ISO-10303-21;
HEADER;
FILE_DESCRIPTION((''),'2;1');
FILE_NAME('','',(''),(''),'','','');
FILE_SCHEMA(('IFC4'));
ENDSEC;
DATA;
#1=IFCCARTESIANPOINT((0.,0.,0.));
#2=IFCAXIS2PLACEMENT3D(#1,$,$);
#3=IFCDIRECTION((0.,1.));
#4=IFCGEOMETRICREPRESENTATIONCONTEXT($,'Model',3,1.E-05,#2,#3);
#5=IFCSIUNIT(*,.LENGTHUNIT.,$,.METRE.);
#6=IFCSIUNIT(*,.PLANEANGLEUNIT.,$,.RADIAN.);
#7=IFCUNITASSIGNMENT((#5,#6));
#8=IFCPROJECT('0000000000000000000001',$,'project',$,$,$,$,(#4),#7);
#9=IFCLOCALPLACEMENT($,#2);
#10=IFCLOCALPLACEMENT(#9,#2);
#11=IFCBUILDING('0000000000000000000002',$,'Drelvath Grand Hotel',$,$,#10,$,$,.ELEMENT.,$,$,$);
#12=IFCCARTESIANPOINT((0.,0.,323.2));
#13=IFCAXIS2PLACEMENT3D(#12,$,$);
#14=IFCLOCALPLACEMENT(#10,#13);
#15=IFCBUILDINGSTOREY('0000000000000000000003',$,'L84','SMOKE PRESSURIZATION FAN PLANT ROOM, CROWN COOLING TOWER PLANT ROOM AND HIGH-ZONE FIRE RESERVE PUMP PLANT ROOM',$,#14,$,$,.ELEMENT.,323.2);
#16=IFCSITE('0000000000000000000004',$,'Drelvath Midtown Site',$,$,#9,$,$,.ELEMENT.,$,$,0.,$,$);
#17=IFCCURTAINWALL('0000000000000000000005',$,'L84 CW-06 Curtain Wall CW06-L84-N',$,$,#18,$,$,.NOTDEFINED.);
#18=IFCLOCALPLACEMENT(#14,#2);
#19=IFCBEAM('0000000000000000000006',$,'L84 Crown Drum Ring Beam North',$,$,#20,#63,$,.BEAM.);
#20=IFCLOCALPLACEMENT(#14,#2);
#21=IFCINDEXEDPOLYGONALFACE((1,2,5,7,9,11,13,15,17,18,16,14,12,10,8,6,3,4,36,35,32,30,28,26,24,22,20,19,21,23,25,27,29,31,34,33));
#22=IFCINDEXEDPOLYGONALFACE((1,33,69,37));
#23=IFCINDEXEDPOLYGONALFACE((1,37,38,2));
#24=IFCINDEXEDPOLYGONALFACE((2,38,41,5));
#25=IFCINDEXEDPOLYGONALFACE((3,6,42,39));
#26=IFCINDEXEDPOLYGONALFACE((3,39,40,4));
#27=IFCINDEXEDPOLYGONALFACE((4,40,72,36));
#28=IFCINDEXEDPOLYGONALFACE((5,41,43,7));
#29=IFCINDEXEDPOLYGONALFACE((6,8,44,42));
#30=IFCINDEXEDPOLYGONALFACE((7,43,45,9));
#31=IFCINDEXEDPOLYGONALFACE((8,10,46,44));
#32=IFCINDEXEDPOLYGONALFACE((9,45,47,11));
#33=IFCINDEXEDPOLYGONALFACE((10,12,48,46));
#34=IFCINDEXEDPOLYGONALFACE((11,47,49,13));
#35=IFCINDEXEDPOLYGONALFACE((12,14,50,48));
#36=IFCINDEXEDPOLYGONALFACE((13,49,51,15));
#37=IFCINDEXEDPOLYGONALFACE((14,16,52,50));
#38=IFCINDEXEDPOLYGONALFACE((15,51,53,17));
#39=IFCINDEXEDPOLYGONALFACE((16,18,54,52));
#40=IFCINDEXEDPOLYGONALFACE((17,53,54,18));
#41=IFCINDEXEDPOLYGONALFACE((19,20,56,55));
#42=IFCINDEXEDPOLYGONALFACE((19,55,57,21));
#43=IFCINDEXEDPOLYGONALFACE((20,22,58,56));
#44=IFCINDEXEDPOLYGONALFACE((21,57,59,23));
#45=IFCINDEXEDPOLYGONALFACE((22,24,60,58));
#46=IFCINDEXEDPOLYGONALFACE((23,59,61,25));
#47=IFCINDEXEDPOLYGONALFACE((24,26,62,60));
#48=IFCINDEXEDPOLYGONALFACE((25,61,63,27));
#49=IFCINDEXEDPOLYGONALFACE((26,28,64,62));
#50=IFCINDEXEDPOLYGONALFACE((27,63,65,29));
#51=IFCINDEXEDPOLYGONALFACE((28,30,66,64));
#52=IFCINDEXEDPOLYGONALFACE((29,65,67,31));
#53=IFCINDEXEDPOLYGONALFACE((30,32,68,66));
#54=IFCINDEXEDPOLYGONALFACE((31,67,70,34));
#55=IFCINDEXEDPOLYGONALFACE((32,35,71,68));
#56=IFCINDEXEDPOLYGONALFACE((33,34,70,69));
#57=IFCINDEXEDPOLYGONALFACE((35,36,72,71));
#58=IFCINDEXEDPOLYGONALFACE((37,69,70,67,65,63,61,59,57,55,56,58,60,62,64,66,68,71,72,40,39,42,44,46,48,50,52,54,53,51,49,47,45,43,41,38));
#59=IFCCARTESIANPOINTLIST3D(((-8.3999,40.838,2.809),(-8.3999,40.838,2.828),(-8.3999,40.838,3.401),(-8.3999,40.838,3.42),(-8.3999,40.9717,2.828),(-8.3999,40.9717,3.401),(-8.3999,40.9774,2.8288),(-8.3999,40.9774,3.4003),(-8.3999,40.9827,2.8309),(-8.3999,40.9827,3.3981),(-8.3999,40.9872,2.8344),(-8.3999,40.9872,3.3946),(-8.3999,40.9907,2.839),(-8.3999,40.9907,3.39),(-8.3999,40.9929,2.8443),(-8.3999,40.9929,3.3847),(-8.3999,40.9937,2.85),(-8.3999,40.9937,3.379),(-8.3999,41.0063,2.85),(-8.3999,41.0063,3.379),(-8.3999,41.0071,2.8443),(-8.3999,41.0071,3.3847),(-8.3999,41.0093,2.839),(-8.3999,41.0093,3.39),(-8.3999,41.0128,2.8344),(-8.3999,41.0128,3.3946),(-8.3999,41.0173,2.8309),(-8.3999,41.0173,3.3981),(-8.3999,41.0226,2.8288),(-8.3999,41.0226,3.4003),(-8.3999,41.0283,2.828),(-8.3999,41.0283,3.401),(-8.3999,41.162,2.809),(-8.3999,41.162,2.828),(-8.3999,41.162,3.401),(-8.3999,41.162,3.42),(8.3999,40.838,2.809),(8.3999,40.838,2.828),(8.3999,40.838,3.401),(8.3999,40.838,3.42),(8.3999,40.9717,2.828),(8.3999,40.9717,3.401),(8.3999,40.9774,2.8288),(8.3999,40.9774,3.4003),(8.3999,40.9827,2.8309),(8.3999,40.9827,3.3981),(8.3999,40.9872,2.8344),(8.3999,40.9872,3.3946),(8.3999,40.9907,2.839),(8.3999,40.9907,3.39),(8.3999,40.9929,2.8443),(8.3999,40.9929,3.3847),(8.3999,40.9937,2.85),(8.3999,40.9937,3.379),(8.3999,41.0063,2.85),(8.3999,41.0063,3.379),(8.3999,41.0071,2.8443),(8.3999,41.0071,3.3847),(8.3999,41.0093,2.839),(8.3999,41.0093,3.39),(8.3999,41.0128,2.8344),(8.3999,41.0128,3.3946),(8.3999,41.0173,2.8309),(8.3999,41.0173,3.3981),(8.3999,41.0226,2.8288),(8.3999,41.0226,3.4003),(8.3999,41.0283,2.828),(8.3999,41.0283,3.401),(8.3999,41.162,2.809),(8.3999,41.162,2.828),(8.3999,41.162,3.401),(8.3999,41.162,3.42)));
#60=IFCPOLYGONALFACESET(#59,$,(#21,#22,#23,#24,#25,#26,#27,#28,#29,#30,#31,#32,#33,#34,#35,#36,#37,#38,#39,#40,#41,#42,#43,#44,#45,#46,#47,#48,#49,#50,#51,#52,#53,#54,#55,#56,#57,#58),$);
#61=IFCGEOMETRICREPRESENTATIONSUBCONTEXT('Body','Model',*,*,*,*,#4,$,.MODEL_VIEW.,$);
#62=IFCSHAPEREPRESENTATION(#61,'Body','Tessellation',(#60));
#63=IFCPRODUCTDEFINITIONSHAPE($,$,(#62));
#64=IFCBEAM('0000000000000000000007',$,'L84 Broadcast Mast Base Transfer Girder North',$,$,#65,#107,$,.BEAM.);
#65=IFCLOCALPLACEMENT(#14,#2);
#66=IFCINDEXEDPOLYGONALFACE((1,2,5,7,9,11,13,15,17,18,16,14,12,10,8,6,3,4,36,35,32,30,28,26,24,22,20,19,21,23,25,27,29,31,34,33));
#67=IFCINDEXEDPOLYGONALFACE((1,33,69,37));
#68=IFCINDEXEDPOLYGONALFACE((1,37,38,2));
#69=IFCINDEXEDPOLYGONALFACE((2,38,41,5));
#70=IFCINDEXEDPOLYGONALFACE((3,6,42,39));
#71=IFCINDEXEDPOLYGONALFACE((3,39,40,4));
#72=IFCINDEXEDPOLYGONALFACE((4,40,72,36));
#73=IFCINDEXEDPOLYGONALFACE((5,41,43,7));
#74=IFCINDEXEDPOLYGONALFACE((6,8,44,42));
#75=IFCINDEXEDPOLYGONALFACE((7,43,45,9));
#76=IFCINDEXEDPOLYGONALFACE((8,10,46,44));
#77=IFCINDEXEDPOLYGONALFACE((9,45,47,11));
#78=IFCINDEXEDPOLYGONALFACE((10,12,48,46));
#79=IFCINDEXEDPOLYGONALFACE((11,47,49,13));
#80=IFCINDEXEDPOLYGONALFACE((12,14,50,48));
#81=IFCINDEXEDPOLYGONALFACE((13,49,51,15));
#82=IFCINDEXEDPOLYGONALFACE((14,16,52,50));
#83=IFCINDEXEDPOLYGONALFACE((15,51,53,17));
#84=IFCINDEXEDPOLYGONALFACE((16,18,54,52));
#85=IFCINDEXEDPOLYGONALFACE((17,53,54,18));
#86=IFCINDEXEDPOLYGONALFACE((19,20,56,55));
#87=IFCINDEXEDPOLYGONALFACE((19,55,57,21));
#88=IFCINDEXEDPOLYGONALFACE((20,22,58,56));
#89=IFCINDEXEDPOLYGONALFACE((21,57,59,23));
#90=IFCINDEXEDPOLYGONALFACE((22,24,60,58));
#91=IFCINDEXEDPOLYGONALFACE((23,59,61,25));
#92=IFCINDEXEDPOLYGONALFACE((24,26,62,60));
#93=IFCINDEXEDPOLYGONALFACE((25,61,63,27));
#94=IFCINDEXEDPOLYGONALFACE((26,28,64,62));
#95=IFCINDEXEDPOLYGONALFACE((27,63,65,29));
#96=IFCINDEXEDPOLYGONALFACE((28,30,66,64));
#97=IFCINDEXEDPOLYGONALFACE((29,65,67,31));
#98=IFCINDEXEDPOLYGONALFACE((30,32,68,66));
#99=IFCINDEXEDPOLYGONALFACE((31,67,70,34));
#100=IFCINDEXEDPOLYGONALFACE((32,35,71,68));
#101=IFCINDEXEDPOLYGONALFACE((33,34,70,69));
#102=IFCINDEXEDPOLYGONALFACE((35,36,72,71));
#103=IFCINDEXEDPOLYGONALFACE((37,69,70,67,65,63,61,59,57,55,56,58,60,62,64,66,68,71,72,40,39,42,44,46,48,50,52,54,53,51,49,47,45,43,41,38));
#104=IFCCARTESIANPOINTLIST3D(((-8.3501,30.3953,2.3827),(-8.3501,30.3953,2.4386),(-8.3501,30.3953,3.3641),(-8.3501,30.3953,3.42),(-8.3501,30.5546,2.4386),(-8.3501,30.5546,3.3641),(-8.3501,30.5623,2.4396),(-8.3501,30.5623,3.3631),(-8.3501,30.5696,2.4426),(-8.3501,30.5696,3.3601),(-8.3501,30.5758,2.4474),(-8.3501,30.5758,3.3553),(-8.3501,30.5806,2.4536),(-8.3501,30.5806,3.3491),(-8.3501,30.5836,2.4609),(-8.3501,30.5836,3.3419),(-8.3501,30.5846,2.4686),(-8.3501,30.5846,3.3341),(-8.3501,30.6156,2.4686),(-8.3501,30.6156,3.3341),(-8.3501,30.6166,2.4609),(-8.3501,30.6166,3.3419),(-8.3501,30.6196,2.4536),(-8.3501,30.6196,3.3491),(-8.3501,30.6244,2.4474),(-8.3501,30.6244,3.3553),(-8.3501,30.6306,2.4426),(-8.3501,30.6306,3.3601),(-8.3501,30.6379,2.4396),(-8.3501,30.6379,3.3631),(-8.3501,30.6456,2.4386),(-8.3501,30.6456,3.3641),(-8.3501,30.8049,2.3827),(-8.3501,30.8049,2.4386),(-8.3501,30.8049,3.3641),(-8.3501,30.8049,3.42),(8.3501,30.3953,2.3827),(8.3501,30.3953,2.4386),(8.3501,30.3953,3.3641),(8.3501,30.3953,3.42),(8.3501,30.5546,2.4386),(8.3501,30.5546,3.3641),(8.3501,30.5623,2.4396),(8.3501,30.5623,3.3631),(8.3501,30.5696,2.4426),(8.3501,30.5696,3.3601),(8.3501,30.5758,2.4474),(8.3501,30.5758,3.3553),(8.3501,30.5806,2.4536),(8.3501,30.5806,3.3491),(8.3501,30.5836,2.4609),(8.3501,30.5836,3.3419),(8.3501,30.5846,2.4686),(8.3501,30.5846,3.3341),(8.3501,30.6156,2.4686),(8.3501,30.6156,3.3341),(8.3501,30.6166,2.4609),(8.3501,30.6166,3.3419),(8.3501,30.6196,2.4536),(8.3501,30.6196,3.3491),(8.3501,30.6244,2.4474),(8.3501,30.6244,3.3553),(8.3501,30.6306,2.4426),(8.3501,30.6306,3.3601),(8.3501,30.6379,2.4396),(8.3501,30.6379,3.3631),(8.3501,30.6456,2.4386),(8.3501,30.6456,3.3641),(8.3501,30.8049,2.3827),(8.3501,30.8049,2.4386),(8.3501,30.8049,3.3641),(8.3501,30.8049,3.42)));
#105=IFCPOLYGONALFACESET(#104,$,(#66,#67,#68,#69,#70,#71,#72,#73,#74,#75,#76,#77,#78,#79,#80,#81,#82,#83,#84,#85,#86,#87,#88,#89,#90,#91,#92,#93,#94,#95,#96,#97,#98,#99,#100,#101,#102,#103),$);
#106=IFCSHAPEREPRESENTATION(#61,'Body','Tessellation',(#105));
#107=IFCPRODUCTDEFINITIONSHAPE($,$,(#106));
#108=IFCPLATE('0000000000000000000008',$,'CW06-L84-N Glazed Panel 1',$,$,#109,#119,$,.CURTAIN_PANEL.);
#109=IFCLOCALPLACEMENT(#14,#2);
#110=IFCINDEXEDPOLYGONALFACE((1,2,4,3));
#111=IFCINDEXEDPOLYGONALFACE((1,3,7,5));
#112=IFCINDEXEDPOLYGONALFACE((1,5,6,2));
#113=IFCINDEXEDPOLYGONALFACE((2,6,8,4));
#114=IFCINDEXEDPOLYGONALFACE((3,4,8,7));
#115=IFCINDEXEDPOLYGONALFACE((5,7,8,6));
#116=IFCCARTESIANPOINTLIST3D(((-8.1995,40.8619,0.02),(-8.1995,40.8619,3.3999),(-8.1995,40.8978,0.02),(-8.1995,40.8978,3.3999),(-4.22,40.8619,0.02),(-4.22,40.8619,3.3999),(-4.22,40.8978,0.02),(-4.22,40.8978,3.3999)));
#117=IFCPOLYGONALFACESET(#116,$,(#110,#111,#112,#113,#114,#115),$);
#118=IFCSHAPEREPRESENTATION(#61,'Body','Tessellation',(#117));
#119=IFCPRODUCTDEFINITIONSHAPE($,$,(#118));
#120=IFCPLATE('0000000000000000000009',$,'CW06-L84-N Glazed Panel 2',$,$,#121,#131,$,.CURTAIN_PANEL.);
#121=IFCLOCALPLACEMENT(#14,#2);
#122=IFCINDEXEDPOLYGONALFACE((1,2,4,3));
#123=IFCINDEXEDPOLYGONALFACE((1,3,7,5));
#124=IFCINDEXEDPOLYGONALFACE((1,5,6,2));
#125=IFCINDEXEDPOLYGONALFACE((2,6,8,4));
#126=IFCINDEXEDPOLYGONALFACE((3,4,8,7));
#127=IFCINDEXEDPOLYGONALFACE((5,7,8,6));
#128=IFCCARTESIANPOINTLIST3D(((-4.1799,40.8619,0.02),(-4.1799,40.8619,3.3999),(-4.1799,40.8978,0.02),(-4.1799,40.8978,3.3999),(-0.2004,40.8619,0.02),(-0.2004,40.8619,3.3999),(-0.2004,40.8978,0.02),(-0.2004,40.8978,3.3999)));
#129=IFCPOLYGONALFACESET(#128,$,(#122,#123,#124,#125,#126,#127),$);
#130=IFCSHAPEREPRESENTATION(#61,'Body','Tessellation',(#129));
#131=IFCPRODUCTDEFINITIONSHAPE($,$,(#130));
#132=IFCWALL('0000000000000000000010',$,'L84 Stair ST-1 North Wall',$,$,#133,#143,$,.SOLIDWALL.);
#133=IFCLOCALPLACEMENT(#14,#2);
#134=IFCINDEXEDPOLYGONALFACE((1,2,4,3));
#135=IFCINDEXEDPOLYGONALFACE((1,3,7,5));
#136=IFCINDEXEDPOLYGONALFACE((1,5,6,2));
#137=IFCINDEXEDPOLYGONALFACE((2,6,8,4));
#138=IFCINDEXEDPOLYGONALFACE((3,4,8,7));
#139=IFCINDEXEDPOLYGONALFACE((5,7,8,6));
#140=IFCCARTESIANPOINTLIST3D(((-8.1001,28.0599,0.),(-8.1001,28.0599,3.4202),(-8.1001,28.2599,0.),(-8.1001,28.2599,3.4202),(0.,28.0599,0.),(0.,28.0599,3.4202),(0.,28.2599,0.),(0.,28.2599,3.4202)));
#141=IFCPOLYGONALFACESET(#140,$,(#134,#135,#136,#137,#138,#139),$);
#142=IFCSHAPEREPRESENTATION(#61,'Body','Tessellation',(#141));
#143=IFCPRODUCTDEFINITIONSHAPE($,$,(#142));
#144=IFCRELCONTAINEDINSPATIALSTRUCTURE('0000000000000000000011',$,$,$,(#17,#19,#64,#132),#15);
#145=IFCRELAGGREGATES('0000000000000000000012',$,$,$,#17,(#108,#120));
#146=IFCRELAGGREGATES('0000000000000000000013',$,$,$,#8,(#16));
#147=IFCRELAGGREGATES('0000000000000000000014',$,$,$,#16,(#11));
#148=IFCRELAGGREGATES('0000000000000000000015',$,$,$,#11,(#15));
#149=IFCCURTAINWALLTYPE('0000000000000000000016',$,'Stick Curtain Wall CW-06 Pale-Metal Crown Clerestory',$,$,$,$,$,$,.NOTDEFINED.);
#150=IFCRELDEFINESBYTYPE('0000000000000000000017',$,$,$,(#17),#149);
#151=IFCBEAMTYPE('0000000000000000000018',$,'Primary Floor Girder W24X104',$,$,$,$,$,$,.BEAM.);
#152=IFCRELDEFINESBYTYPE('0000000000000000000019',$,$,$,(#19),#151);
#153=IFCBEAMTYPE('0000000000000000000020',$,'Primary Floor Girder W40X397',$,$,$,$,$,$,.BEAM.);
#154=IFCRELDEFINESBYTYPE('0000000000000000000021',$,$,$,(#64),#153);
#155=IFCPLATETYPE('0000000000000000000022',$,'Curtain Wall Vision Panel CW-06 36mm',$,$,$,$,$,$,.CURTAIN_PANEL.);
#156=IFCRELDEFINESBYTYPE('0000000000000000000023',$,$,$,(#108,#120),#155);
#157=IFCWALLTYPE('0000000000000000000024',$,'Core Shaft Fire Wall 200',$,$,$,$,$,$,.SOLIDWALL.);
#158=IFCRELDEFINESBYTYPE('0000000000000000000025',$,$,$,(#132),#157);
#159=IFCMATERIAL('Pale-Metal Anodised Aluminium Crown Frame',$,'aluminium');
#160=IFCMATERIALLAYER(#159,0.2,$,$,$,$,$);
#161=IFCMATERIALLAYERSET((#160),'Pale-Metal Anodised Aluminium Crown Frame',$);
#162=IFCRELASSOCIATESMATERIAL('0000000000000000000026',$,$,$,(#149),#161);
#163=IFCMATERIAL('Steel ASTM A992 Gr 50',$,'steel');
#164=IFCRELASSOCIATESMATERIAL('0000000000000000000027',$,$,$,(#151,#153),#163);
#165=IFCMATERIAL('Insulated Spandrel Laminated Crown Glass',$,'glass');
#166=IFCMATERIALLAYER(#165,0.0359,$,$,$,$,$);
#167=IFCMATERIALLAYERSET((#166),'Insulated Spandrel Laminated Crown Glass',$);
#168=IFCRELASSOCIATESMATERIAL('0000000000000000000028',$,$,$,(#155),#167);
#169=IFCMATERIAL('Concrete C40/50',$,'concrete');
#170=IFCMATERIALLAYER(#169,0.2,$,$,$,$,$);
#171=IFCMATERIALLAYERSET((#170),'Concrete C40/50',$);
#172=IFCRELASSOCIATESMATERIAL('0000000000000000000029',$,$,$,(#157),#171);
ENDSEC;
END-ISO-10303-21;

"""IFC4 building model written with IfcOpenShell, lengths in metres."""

from ifc_helpers import new_model, si_unit, direction, frame, frame_2d, origin, origin_2d, place, context, subcontext, project, spatial, rectangle, i_section, extrude, material, layer, layer_set, material_profile, profile_set, type_object, element, aggregate, save


model = new_model("IFC4")

# Units and contexts
model_context = context("Model", 3, precision=1e-05, world=origin(), true_north=direction((0.0, 1.0)))
body_context = subcontext(model_context, "Body", "Model", "MODEL_VIEW")
ifc_project = project(units=[si_unit("LENGTHUNIT", "METRE"), si_unit("PLANEANGLEUNIT", "RADIAN")], contexts=[model_context])

# Site, building, storey
site_placement = place(None, origin())
site = spatial("IfcSite", under=ifc_project, at=site_placement, Name="Drelvath Midtown Site", CompositionType="ELEMENT", RefElevation=0.0)
building_placement = place(site_placement, origin())
building = spatial("IfcBuilding", under=site, at=building_placement, Name="Drelvath Grand Hotel", CompositionType="ELEMENT")
storey_placement = place(building_placement, frame((0.0, 0.0, 323.2)))
storey = spatial("IfcBuildingStorey", under=building, at=storey_placement, Name="L84", Description="SMOKE PRESSURIZATION FAN PLANT ROOM, CROWN COOLING TOWER PLANT ROOM AND HIGH-ZONE FIRE RESERVE PUMP PLANT ROOM", CompositionType="ELEMENT", Elevation=323.2)

# Curtain wall
ifc_material_1 = material(Name="Pale-Metal Anodised Aluminium Crown Frame", Category="aluminium")
ifc_layer_1 = layer(ifc_material_1, 0.2)
ifc_layer_set_1 = layer_set([ifc_layer_1], Name="Pale-Metal Anodised Aluminium Crown Frame")
curtain_wall_type = type_object("IfcCurtainWallType", Name="Stick Curtain Wall CW-06 Pale-Metal Crown Clerestory", PredefinedType="NOTDEFINED", material=ifc_layer_set_1)
curtain_wall_1_placement = place(storey_placement, origin())
curtain_wall_1 = element("IfcCurtainWall", 1, at=curtain_wall_1_placement, inside=storey, type_object=curtain_wall_type, Name="L84 CW-06 Curtain Wall CW06-L84-N", PredefinedType="NOTDEFINED")

# Beams
ifc_material_2 = material(Name="Steel ASTM A992 Gr 50", Category="steel")
ifc_material_profile_1 = material_profile(ifc_material_2, i_section(OverallWidth=0.324, OverallDepth=0.6111, WebThickness=0.0127, FlangeThickness=0.019, FilletRadius=0.022, at=origin_2d()), Name="W24X104")
ifc_profile_set_1 = profile_set([ifc_material_profile_1], Name="Steel ASTM A992 Gr 50")
beam_type_1 = type_object("IfcBeamType", Name="Primary Floor Girder W24X104", PredefinedType="BEAM", material=ifc_profile_set_1)
beam_1_placement = place(storey_placement, frame((-8.3999, 41.0, 3.1145), z_axis=(1.0, 0.0, 0.0), x_axis=(0.0, 1.0, 0.0)))
element("IfcBeam", 2, at=beam_1_placement, inside=storey, type_object=beam_type_1, Name="L84 Crown Drum Ring Beam North", PredefinedType="BEAM", context=body_context, shape_type="SweptSolid", body=[
    extrude(i_section(OverallWidth=0.324, OverallDepth=0.6111, WebThickness=0.0127, FlangeThickness=0.019, FilletRadius=0.022, at=origin_2d()), origin(), (0.0, 0.0, 1.0), 16.7998),
])
ifc_material_profile_2 = material_profile(ifc_material_2, i_section(OverallWidth=0.4097, OverallDepth=1.0374, WebThickness=0.031, FlangeThickness=0.0559, FilletRadius=0.03, at=origin_2d()), Name="W40X397")
ifc_profile_set_2 = profile_set([ifc_material_profile_2], Name="Steel ASTM A992 Gr 50")
beam_type_2 = type_object("IfcBeamType", Name="Primary Floor Girder W40X397", PredefinedType="BEAM", material=ifc_profile_set_2)
beam_2_placement = place(storey_placement, frame((-8.3501, 30.6001, 2.9014), z_axis=(1.0, 0.0, 0.0), x_axis=(0.0, 1.0, 0.0)))
element("IfcBeam", 3, at=beam_2_placement, inside=storey, type_object=beam_type_2, Name="L84 Broadcast Mast Base Transfer Girder North", PredefinedType="BEAM", context=body_context, shape_type="SweptSolid", body=[
    extrude(i_section(OverallWidth=0.4097, OverallDepth=1.0374, WebThickness=0.031, FlangeThickness=0.0559, FilletRadius=0.03, at=origin_2d()), origin(), (0.0, 0.0, 1.0), 16.7002),
])

# Plates
ifc_material_3 = material(Name="Insulated Spandrel Laminated Crown Glass", Category="glass")
ifc_layer_2 = layer(ifc_material_3, 0.0359)
ifc_layer_set_2 = layer_set([ifc_layer_2], Name="Insulated Spandrel Laminated Crown Glass")
plate_type = type_object("IfcPlateType", Name="Curtain Wall Vision Panel CW-06 36mm", PredefinedType="CURTAIN_PANEL", material=ifc_layer_set_2)
plate_1_placement = place(storey_placement, frame((-6.2097, 40.8799, 0.02), z_axis=(0.0, 0.0, 1.0), x_axis=(1.0, 0.0, 0.0)))
plate_1 = element("IfcPlate", 4, at=plate_1_placement, type_object=plate_type, Name="CW06-L84-N Glazed Panel 1", PredefinedType="CURTAIN_PANEL", context=body_context, shape_type="SweptSolid", body=[
    extrude(rectangle(XDim=3.9795, YDim=0.0359, at=origin_2d()), origin(), (0.0, 0.0, 1.0), 3.3799),
])
plate_2_placement = place(storey_placement, frame((-2.1902, 40.8799, 0.02), z_axis=(0.0, 0.0, 1.0), x_axis=(1.0, 0.0, 0.0)))
plate_2 = element("IfcPlate", 5, at=plate_2_placement, type_object=plate_type, Name="CW06-L84-N Glazed Panel 2", PredefinedType="CURTAIN_PANEL", context=body_context, shape_type="SweptSolid", body=[
    extrude(rectangle(XDim=3.9795, YDim=0.0359, at=origin_2d()), origin(), (0.0, 0.0, 1.0), 3.3799),
])
aggregate(curtain_wall_1, [plate_1, plate_2])

# Wall
ifc_material_4 = material(Name="Concrete C40/50", Category="concrete")
ifc_layer_3 = layer(ifc_material_4, 0.2)
ifc_layer_set_3 = layer_set([ifc_layer_3], Name="Concrete C40/50")
wall_type_1 = type_object("IfcWallType", Name="Core Shaft Fire Wall 200", PredefinedType="SOLIDWALL", material=ifc_layer_set_3)
wall_1_placement = place(storey_placement, frame((-8.1001, 28.1599, 0.0), z_axis=(0.0, 0.0, 1.0), x_axis=(1.0, 0.0, 0.0)))
element("IfcWall", 6, at=wall_1_placement, inside=storey, type_object=wall_type_1, Name="L84 Stair ST-1 North Wall", PredefinedType="SOLIDWALL", context=body_context, shape_type="SweptSolid", body=[
    extrude(rectangle(XDim=8.1001, YDim=0.2, at=frame_2d((4.05, 0.0))), origin(), (0.0, 0.0, 1.0), 3.4202),
])

save(model, "model.ifc")
